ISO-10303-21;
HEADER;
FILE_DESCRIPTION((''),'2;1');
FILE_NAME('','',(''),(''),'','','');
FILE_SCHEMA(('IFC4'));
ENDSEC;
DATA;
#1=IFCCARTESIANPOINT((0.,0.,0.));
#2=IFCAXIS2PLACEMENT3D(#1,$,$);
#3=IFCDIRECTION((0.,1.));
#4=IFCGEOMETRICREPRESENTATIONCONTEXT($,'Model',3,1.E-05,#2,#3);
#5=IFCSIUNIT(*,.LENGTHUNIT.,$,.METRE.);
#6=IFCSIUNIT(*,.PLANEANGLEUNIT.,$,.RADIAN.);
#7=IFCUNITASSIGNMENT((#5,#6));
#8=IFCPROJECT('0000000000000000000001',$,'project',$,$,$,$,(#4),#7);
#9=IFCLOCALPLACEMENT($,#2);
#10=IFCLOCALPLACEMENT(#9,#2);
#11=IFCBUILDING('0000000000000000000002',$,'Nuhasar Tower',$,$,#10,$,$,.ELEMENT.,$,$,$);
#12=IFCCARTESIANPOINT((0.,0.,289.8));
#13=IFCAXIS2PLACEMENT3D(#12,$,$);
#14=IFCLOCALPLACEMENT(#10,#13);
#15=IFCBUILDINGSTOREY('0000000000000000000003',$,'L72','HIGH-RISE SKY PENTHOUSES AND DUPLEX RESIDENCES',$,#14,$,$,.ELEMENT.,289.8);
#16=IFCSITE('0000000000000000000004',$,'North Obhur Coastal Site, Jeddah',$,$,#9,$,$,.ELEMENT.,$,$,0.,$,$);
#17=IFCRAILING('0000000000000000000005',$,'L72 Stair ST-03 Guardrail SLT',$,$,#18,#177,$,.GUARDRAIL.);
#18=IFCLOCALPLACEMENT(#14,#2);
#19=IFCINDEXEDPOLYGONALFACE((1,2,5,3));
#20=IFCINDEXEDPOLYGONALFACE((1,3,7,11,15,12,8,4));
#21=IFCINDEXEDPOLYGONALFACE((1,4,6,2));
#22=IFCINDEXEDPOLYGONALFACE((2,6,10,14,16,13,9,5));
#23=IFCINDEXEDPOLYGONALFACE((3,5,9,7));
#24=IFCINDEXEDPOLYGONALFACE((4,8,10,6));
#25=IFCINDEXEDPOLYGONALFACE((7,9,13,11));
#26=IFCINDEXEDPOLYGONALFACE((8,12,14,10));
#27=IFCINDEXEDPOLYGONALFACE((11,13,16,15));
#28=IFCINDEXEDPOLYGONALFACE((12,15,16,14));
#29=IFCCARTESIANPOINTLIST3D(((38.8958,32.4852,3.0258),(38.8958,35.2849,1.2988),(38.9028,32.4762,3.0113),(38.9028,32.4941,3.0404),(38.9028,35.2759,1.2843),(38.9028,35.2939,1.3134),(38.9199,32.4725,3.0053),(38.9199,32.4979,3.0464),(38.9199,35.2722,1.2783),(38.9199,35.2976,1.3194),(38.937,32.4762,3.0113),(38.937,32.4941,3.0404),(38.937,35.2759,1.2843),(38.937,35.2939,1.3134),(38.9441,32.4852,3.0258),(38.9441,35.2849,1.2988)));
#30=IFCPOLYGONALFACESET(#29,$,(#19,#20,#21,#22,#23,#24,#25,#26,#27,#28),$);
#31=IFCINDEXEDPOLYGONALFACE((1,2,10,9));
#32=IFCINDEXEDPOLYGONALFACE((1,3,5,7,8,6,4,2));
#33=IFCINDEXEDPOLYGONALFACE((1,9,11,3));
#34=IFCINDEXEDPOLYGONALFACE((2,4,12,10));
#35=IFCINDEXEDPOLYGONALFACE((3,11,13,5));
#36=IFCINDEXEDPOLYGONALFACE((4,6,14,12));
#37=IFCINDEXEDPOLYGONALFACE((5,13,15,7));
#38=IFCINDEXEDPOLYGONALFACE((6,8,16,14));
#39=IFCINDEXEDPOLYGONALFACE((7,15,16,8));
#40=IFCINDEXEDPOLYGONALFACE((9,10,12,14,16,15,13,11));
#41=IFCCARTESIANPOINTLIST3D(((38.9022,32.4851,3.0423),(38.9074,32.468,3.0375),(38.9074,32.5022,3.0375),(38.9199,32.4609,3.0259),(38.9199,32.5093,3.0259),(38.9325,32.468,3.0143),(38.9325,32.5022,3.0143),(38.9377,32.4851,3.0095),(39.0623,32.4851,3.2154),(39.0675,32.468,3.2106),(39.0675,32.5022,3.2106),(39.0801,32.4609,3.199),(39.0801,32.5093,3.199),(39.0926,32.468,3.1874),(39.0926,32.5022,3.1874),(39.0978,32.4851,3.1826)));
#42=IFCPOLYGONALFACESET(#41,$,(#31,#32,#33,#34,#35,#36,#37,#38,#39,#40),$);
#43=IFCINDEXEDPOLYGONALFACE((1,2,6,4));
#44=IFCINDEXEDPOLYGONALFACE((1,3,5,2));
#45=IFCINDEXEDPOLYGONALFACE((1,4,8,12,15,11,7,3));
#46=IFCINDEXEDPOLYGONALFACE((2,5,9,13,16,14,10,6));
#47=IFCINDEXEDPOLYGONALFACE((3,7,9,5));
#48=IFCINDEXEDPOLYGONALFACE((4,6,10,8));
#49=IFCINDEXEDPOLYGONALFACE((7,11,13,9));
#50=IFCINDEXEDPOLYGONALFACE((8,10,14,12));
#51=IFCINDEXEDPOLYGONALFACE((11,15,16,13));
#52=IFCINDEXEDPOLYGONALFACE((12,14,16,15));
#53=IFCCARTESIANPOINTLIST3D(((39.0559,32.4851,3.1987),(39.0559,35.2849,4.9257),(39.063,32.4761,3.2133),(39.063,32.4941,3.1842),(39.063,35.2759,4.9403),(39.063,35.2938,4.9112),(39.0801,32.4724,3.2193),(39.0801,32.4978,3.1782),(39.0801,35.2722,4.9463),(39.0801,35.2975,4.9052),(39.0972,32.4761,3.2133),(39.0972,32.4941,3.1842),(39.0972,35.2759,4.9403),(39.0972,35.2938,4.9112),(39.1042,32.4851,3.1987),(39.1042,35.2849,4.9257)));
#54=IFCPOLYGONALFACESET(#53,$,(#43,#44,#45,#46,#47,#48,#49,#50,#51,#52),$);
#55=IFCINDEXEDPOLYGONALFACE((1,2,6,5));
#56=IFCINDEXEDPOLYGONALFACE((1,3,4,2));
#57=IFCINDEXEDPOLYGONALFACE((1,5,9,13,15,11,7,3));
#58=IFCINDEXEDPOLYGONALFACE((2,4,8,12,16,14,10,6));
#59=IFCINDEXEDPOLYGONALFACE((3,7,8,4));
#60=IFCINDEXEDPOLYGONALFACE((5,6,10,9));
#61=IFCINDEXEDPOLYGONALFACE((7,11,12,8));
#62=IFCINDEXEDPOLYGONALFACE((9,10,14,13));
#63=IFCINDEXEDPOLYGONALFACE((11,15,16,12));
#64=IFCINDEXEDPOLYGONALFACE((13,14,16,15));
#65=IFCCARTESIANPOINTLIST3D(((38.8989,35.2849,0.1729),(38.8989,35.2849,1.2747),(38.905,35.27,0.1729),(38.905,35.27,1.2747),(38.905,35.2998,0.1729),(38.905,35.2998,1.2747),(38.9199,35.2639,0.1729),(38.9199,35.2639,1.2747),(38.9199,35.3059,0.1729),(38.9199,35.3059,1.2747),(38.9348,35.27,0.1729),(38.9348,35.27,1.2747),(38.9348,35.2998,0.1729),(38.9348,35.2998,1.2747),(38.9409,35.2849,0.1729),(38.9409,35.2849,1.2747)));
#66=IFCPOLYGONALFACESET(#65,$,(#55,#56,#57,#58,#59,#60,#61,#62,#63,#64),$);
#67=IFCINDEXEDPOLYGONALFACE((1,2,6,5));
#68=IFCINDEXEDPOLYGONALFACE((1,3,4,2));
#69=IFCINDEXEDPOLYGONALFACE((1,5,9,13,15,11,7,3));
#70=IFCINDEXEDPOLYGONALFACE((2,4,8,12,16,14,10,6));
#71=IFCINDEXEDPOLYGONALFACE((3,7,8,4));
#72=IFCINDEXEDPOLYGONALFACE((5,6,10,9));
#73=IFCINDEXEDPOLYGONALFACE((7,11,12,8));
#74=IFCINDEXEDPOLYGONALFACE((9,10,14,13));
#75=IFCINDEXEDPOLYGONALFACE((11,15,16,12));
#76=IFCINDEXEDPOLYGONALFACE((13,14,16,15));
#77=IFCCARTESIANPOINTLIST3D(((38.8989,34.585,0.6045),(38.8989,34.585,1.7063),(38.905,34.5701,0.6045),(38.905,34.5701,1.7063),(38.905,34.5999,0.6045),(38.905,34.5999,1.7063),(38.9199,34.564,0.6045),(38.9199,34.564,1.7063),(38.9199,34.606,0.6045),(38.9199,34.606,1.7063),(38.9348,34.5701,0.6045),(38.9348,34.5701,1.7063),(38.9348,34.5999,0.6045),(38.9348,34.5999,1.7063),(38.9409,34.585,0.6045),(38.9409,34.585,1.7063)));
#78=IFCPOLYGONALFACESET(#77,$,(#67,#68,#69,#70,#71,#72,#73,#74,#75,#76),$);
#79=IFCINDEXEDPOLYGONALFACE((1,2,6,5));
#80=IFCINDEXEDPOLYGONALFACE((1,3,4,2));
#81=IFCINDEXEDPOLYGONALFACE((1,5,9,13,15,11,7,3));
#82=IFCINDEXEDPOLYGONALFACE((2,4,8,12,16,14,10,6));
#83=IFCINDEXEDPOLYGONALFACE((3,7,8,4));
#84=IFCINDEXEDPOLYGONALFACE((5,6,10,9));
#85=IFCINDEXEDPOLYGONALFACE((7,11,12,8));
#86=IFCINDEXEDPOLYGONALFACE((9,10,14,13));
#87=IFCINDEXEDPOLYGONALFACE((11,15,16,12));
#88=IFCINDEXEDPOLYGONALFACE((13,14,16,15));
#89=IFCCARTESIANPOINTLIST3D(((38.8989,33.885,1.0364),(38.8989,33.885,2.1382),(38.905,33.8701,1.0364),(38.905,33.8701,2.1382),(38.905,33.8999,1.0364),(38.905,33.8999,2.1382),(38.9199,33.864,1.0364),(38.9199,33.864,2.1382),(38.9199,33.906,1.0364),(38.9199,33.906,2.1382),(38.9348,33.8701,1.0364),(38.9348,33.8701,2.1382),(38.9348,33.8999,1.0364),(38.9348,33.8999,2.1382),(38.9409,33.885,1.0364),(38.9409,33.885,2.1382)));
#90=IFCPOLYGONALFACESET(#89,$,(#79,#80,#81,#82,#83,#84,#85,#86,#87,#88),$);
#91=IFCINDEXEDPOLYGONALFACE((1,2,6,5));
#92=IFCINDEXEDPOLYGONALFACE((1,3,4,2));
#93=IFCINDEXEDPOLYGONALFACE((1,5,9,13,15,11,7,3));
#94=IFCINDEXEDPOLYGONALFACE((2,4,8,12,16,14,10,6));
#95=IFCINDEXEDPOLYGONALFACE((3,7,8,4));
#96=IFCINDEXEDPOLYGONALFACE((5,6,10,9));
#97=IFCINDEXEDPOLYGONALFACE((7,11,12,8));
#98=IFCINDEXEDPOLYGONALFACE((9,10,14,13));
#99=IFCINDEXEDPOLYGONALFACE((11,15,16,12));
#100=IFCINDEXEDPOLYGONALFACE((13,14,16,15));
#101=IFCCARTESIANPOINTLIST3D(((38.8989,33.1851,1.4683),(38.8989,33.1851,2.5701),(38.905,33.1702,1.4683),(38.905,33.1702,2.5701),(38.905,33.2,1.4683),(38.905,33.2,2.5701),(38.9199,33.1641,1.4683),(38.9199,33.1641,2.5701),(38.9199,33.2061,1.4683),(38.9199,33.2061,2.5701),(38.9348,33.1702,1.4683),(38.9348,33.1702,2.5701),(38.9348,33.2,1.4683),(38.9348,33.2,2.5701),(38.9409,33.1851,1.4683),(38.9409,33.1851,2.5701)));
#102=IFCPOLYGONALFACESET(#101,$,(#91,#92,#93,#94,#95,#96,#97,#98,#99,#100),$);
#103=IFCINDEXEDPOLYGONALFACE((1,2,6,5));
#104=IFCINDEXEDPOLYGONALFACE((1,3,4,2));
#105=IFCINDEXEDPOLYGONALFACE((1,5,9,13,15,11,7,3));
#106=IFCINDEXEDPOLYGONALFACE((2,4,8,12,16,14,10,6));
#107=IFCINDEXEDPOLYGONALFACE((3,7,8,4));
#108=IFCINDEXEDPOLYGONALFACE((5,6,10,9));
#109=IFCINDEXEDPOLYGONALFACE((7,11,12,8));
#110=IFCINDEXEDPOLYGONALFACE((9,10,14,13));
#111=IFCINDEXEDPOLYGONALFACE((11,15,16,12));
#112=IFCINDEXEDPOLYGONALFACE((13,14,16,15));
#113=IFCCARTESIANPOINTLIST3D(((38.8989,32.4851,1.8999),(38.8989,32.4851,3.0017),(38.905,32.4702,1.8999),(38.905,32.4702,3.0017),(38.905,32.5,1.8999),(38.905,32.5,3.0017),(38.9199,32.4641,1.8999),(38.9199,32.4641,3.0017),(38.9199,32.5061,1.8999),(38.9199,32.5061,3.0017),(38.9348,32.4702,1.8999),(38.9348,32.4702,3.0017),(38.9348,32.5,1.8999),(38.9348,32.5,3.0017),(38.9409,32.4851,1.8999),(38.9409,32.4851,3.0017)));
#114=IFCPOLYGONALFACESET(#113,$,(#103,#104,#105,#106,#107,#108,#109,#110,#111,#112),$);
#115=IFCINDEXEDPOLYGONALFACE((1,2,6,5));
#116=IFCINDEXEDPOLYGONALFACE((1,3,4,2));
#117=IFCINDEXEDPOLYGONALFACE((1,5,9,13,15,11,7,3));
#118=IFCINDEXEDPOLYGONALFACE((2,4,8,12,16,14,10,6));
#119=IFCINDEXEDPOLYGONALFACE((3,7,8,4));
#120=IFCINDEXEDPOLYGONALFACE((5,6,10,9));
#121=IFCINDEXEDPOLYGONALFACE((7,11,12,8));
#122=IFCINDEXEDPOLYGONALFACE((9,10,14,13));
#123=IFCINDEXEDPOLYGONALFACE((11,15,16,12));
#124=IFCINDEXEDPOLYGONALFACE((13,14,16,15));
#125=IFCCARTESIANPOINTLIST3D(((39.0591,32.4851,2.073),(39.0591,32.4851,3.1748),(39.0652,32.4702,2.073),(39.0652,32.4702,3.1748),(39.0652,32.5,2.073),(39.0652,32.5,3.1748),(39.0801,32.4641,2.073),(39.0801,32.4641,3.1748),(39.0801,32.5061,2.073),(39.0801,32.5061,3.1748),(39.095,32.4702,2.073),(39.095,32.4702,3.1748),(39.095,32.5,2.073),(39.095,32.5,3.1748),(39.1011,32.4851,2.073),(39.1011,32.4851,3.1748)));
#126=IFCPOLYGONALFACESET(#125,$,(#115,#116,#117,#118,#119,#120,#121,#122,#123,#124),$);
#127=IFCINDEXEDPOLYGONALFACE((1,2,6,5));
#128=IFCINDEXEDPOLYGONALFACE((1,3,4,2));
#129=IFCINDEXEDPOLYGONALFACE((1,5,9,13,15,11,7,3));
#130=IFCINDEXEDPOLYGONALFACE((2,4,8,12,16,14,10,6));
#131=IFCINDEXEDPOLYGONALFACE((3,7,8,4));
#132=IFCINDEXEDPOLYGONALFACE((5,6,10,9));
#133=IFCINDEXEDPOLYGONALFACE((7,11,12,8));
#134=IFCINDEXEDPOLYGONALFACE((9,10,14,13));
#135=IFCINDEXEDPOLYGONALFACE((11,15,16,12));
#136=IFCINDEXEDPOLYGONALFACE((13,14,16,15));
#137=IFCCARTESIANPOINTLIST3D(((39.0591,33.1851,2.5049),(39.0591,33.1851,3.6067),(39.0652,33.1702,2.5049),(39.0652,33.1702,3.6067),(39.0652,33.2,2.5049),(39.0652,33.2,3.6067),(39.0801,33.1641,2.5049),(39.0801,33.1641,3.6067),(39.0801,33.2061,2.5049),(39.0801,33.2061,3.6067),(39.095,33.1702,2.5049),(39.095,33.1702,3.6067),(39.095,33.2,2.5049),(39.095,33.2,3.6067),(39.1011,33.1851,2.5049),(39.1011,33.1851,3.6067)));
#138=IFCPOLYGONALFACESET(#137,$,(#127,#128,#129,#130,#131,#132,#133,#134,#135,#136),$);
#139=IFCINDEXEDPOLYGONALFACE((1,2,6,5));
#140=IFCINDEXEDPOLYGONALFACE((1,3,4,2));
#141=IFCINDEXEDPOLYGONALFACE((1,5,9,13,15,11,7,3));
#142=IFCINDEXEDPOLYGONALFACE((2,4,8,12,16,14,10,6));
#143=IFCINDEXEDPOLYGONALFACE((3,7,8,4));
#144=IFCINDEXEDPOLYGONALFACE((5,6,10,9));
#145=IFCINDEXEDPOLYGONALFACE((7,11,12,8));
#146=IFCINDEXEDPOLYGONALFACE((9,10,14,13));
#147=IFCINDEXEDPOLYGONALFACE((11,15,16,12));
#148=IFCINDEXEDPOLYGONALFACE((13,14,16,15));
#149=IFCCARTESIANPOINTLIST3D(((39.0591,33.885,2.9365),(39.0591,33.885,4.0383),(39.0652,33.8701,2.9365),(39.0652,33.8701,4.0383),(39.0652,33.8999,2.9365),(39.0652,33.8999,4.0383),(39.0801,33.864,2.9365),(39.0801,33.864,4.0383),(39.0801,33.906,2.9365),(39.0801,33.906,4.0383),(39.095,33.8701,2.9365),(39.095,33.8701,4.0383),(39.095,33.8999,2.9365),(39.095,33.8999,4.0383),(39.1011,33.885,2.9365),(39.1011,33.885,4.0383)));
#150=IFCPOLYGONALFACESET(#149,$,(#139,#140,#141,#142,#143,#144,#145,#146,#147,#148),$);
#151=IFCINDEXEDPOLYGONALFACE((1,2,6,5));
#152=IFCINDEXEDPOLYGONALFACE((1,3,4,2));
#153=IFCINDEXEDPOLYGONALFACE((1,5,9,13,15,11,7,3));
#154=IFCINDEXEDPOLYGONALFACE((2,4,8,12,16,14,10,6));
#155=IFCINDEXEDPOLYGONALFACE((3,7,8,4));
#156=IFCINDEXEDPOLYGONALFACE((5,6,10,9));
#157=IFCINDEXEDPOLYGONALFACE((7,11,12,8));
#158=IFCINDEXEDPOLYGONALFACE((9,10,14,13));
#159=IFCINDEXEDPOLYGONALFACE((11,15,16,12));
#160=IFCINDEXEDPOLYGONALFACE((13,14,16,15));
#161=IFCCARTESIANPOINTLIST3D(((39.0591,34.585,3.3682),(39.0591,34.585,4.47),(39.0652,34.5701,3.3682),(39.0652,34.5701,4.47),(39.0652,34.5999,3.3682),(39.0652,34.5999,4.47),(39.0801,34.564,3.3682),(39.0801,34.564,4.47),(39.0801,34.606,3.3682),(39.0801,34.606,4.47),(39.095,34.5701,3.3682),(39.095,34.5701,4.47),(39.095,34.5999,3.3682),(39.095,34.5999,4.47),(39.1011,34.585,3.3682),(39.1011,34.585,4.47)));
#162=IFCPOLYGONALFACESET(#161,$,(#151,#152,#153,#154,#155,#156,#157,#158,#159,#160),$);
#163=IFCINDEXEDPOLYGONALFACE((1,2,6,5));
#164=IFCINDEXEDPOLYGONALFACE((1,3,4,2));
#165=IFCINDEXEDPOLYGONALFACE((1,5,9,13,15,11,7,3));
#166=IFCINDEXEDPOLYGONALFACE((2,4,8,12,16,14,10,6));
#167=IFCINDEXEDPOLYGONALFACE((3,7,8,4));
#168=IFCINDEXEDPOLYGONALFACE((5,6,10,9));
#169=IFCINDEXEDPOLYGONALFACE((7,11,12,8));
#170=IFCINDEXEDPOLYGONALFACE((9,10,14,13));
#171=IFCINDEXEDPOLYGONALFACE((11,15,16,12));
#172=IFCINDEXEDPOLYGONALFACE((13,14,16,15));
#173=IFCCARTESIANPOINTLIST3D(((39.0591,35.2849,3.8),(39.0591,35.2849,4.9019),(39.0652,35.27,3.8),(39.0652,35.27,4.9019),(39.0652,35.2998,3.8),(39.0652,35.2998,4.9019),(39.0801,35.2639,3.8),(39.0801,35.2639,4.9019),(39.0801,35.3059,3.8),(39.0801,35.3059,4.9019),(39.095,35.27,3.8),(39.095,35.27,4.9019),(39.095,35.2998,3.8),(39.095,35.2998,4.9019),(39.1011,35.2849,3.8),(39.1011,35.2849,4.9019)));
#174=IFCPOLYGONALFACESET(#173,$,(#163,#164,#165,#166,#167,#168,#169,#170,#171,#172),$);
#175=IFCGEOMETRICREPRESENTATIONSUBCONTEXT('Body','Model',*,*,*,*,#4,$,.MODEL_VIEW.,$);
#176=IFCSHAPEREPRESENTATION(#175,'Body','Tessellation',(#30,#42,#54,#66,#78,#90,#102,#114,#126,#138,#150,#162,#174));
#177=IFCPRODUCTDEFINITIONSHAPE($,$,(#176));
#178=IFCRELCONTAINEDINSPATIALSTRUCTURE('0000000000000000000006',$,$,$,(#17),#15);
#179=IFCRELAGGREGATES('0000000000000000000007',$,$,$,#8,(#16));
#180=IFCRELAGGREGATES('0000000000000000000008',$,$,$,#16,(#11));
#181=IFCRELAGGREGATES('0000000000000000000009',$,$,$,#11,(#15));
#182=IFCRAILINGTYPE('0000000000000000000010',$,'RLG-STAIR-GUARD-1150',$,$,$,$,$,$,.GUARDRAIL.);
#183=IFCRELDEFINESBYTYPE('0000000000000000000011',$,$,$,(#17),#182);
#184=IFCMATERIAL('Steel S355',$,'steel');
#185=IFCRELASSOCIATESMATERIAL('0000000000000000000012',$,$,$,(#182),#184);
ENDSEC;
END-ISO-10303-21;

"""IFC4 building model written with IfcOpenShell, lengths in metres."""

from ifc_helpers import new_model, si_unit, direction, frame, origin, place, context, subcontext, project, spatial, polyline, outline, extrude, material, type_object, element, save


model = new_model("IFC4")

# Units and contexts
model_context = context("Model", 3, precision=1e-05, world=origin(), true_north=direction((0.0, 1.0)))
body_context = subcontext(model_context, "Body", "Model", "MODEL_VIEW")
ifc_project = project(units=[si_unit("LENGTHUNIT", "METRE"), si_unit("PLANEANGLEUNIT", "RADIAN")], contexts=[model_context])

# Site, building, storey
site_placement = place(None, origin())
site = spatial("IfcSite", under=ifc_project, at=site_placement, Name="North Obhur Coastal Site, Jeddah", CompositionType="ELEMENT", RefElevation=0.0)
building_placement = place(site_placement, origin())
building = spatial("IfcBuilding", under=site, at=building_placement, Name="Nuhasar Tower", CompositionType="ELEMENT")
storey_placement = place(building_placement, frame((0.0, 0.0, 289.8)))
storey = spatial("IfcBuildingStorey", under=building, at=storey_placement, Name="L72", Description="HIGH-RISE SKY PENTHOUSES AND DUPLEX RESIDENCES", CompositionType="ELEMENT", Elevation=289.8)

# Shared definitions
ifc_material_1 = material(Name="Steel S355", Category="steel")

# Railing
railing_type_1 = type_object("IfcRailingType", Name="RLG-STAIR-GUARD-1150", PredefinedType="GUARDRAIL", material=ifc_material_1)
railing_1_placement = place(storey_placement, frame((38.9199, 35.2849, 0.1729)))
element("IfcRailing", 1, at=railing_1_placement, inside=storey, type_object=railing_type_1, Name="L72 Stair ST-03 Guardrail SLT", PredefinedType="GUARDRAIL", context=body_context, shape_type="SweptSolid", body=[
    extrude(outline(polyline([(0.0242, 0.0), (0.0171, 0.0171), (0.0, 0.0242), (-0.0171, 0.0171), (-0.0242, 0.0), (-0.0171, -0.0171), (0.0, -0.0242), (0.0171, -0.0171), (0.0242, 0.0)])), frame((0.0, 0.0, 1.126), z_axis=(0.0, -0.851102, 0.525), x_axis=(1.0, 0.0, 0.0)), (0.0, 0.0, 1.0), 3.2896),
    extrude(outline(polyline([(0.0242, 0.0), (0.0171, 0.0171), (0.0, 0.0242), (-0.0171, 0.0171), (-0.0242, 0.0), (-0.0171, -0.0171), (0.0, -0.0242), (0.0171, -0.0171), (0.0242, 0.0)])), frame((0.0, -2.7998, 2.853), z_axis=(0.67914, 0.0, 0.734009), x_axis=(0.0, 1.0, 0.0)), (0.0, 0.0, 1.0), 0.2358),
    extrude(outline(polyline([(0.0242, 0.0), (0.0171, 0.0171), (0.0, 0.0242), (-0.0171, 0.0171), (-0.0242, 0.0), (-0.0171, -0.0171), (0.0, -0.0242), (0.0171, -0.0171), (0.0242, 0.0)])), frame((0.1602, -2.7998, 3.0259), z_axis=(0.0, 0.851102, 0.525), x_axis=(-1.0, 0.0, 0.0)), (0.0, 0.0, 1.0), 3.2896),
    extrude(outline(polyline([(0.021, 0.0), (0.0149, 0.0149), (0.0, 0.021), (-0.0149, 0.0149), (-0.021, 0.0), (-0.0149, -0.0149), (0.0, -0.021), (0.0149, -0.0149), (0.021, 0.0)])), origin(), (0.0, 0.0, 1.0), 1.1018),
    extrude(outline(polyline([(0.021, 0.0), (0.0149, 0.0149), (0.0, 0.021), (-0.0149, 0.0149), (-0.021, 0.0), (-0.0149, -0.0149), (0.0, -0.021), (0.0149, -0.0149), (0.021, 0.0)])), frame((0.0, -0.7, 0.4316)), (0.0, 0.0, 1.0), 1.1018),
    extrude(outline(polyline([(0.021, 0.0), (0.0149, 0.0149), (0.0, 0.021), (-0.0149, 0.0149), (-0.021, 0.0), (-0.0149, -0.0149), (0.0, -0.021), (0.0149, -0.0149), (0.021, 0.0)])), frame((0.0, -1.3999, 0.8635)), (0.0, 0.0, 1.0), 1.1018),
    extrude(outline(polyline([(0.021, 0.0), (0.0149, 0.0149), (0.0, 0.021), (-0.0149, 0.0149), (-0.021, 0.0), (-0.0149, -0.0149), (0.0, -0.021), (0.0149, -0.0149), (0.021, 0.0)])), frame((0.0, -2.0999, 1.2954)), (0.0, 0.0, 1.0), 1.1018),
    extrude(outline(polyline([(0.021, 0.0), (0.0149, 0.0149), (0.0, 0.021), (-0.0149, 0.0149), (-0.021, 0.0), (-0.0149, -0.0149), (0.0, -0.021), (0.0149, -0.0149), (0.021, 0.0)])), frame((0.0, -2.7998, 1.7271)), (0.0, 0.0, 1.0), 1.1018),
    extrude(outline(polyline([(0.021, 0.0), (0.0149, 0.0149), (0.0, 0.021), (-0.0149, 0.0149), (-0.021, 0.0), (-0.0149, -0.0149), (0.0, -0.021), (0.0149, -0.0149), (0.021, 0.0)])), frame((0.1602, -2.7998, 1.9001)), (0.0, 0.0, 1.0), 1.1018),
    extrude(outline(polyline([(0.021, 0.0), (0.0149, 0.0149), (0.0, 0.021), (-0.0149, 0.0149), (-0.021, 0.0), (-0.0149, -0.0149), (0.0, -0.021), (0.0149, -0.0149), (0.021, 0.0)])), frame((0.1602, -2.0999, 2.332)), (0.0, 0.0, 1.0), 1.1018),
    extrude(outline(polyline([(0.021, 0.0), (0.0149, 0.0149), (0.0, 0.021), (-0.0149, 0.0149), (-0.021, 0.0), (-0.0149, -0.0149), (0.0, -0.021), (0.0149, -0.0149), (0.021, 0.0)])), frame((0.1602, -1.3999, 2.7637)), (0.0, 0.0, 1.0), 1.1018),
    extrude(outline(polyline([(0.021, 0.0), (0.0149, 0.0149), (0.0, 0.021), (-0.0149, 0.0149), (-0.021, 0.0), (-0.0149, -0.0149), (0.0, -0.021), (0.0149, -0.0149), (0.021, 0.0)])), frame((0.1602, -0.7, 3.1953)), (0.0, 0.0, 1.0), 1.1018),
    extrude(outline(polyline([(0.021, 0.0), (0.0149, 0.0149), (0.0, 0.021), (-0.0149, 0.0149), (-0.021, 0.0), (-0.0149, -0.0149), (0.0, -0.021), (0.0149, -0.0149), (0.021, 0.0)])), frame((0.1602, 0.0, 3.6272)), (0.0, 0.0, 1.0), 1.1018),
])

save(model, "model.ifc")
